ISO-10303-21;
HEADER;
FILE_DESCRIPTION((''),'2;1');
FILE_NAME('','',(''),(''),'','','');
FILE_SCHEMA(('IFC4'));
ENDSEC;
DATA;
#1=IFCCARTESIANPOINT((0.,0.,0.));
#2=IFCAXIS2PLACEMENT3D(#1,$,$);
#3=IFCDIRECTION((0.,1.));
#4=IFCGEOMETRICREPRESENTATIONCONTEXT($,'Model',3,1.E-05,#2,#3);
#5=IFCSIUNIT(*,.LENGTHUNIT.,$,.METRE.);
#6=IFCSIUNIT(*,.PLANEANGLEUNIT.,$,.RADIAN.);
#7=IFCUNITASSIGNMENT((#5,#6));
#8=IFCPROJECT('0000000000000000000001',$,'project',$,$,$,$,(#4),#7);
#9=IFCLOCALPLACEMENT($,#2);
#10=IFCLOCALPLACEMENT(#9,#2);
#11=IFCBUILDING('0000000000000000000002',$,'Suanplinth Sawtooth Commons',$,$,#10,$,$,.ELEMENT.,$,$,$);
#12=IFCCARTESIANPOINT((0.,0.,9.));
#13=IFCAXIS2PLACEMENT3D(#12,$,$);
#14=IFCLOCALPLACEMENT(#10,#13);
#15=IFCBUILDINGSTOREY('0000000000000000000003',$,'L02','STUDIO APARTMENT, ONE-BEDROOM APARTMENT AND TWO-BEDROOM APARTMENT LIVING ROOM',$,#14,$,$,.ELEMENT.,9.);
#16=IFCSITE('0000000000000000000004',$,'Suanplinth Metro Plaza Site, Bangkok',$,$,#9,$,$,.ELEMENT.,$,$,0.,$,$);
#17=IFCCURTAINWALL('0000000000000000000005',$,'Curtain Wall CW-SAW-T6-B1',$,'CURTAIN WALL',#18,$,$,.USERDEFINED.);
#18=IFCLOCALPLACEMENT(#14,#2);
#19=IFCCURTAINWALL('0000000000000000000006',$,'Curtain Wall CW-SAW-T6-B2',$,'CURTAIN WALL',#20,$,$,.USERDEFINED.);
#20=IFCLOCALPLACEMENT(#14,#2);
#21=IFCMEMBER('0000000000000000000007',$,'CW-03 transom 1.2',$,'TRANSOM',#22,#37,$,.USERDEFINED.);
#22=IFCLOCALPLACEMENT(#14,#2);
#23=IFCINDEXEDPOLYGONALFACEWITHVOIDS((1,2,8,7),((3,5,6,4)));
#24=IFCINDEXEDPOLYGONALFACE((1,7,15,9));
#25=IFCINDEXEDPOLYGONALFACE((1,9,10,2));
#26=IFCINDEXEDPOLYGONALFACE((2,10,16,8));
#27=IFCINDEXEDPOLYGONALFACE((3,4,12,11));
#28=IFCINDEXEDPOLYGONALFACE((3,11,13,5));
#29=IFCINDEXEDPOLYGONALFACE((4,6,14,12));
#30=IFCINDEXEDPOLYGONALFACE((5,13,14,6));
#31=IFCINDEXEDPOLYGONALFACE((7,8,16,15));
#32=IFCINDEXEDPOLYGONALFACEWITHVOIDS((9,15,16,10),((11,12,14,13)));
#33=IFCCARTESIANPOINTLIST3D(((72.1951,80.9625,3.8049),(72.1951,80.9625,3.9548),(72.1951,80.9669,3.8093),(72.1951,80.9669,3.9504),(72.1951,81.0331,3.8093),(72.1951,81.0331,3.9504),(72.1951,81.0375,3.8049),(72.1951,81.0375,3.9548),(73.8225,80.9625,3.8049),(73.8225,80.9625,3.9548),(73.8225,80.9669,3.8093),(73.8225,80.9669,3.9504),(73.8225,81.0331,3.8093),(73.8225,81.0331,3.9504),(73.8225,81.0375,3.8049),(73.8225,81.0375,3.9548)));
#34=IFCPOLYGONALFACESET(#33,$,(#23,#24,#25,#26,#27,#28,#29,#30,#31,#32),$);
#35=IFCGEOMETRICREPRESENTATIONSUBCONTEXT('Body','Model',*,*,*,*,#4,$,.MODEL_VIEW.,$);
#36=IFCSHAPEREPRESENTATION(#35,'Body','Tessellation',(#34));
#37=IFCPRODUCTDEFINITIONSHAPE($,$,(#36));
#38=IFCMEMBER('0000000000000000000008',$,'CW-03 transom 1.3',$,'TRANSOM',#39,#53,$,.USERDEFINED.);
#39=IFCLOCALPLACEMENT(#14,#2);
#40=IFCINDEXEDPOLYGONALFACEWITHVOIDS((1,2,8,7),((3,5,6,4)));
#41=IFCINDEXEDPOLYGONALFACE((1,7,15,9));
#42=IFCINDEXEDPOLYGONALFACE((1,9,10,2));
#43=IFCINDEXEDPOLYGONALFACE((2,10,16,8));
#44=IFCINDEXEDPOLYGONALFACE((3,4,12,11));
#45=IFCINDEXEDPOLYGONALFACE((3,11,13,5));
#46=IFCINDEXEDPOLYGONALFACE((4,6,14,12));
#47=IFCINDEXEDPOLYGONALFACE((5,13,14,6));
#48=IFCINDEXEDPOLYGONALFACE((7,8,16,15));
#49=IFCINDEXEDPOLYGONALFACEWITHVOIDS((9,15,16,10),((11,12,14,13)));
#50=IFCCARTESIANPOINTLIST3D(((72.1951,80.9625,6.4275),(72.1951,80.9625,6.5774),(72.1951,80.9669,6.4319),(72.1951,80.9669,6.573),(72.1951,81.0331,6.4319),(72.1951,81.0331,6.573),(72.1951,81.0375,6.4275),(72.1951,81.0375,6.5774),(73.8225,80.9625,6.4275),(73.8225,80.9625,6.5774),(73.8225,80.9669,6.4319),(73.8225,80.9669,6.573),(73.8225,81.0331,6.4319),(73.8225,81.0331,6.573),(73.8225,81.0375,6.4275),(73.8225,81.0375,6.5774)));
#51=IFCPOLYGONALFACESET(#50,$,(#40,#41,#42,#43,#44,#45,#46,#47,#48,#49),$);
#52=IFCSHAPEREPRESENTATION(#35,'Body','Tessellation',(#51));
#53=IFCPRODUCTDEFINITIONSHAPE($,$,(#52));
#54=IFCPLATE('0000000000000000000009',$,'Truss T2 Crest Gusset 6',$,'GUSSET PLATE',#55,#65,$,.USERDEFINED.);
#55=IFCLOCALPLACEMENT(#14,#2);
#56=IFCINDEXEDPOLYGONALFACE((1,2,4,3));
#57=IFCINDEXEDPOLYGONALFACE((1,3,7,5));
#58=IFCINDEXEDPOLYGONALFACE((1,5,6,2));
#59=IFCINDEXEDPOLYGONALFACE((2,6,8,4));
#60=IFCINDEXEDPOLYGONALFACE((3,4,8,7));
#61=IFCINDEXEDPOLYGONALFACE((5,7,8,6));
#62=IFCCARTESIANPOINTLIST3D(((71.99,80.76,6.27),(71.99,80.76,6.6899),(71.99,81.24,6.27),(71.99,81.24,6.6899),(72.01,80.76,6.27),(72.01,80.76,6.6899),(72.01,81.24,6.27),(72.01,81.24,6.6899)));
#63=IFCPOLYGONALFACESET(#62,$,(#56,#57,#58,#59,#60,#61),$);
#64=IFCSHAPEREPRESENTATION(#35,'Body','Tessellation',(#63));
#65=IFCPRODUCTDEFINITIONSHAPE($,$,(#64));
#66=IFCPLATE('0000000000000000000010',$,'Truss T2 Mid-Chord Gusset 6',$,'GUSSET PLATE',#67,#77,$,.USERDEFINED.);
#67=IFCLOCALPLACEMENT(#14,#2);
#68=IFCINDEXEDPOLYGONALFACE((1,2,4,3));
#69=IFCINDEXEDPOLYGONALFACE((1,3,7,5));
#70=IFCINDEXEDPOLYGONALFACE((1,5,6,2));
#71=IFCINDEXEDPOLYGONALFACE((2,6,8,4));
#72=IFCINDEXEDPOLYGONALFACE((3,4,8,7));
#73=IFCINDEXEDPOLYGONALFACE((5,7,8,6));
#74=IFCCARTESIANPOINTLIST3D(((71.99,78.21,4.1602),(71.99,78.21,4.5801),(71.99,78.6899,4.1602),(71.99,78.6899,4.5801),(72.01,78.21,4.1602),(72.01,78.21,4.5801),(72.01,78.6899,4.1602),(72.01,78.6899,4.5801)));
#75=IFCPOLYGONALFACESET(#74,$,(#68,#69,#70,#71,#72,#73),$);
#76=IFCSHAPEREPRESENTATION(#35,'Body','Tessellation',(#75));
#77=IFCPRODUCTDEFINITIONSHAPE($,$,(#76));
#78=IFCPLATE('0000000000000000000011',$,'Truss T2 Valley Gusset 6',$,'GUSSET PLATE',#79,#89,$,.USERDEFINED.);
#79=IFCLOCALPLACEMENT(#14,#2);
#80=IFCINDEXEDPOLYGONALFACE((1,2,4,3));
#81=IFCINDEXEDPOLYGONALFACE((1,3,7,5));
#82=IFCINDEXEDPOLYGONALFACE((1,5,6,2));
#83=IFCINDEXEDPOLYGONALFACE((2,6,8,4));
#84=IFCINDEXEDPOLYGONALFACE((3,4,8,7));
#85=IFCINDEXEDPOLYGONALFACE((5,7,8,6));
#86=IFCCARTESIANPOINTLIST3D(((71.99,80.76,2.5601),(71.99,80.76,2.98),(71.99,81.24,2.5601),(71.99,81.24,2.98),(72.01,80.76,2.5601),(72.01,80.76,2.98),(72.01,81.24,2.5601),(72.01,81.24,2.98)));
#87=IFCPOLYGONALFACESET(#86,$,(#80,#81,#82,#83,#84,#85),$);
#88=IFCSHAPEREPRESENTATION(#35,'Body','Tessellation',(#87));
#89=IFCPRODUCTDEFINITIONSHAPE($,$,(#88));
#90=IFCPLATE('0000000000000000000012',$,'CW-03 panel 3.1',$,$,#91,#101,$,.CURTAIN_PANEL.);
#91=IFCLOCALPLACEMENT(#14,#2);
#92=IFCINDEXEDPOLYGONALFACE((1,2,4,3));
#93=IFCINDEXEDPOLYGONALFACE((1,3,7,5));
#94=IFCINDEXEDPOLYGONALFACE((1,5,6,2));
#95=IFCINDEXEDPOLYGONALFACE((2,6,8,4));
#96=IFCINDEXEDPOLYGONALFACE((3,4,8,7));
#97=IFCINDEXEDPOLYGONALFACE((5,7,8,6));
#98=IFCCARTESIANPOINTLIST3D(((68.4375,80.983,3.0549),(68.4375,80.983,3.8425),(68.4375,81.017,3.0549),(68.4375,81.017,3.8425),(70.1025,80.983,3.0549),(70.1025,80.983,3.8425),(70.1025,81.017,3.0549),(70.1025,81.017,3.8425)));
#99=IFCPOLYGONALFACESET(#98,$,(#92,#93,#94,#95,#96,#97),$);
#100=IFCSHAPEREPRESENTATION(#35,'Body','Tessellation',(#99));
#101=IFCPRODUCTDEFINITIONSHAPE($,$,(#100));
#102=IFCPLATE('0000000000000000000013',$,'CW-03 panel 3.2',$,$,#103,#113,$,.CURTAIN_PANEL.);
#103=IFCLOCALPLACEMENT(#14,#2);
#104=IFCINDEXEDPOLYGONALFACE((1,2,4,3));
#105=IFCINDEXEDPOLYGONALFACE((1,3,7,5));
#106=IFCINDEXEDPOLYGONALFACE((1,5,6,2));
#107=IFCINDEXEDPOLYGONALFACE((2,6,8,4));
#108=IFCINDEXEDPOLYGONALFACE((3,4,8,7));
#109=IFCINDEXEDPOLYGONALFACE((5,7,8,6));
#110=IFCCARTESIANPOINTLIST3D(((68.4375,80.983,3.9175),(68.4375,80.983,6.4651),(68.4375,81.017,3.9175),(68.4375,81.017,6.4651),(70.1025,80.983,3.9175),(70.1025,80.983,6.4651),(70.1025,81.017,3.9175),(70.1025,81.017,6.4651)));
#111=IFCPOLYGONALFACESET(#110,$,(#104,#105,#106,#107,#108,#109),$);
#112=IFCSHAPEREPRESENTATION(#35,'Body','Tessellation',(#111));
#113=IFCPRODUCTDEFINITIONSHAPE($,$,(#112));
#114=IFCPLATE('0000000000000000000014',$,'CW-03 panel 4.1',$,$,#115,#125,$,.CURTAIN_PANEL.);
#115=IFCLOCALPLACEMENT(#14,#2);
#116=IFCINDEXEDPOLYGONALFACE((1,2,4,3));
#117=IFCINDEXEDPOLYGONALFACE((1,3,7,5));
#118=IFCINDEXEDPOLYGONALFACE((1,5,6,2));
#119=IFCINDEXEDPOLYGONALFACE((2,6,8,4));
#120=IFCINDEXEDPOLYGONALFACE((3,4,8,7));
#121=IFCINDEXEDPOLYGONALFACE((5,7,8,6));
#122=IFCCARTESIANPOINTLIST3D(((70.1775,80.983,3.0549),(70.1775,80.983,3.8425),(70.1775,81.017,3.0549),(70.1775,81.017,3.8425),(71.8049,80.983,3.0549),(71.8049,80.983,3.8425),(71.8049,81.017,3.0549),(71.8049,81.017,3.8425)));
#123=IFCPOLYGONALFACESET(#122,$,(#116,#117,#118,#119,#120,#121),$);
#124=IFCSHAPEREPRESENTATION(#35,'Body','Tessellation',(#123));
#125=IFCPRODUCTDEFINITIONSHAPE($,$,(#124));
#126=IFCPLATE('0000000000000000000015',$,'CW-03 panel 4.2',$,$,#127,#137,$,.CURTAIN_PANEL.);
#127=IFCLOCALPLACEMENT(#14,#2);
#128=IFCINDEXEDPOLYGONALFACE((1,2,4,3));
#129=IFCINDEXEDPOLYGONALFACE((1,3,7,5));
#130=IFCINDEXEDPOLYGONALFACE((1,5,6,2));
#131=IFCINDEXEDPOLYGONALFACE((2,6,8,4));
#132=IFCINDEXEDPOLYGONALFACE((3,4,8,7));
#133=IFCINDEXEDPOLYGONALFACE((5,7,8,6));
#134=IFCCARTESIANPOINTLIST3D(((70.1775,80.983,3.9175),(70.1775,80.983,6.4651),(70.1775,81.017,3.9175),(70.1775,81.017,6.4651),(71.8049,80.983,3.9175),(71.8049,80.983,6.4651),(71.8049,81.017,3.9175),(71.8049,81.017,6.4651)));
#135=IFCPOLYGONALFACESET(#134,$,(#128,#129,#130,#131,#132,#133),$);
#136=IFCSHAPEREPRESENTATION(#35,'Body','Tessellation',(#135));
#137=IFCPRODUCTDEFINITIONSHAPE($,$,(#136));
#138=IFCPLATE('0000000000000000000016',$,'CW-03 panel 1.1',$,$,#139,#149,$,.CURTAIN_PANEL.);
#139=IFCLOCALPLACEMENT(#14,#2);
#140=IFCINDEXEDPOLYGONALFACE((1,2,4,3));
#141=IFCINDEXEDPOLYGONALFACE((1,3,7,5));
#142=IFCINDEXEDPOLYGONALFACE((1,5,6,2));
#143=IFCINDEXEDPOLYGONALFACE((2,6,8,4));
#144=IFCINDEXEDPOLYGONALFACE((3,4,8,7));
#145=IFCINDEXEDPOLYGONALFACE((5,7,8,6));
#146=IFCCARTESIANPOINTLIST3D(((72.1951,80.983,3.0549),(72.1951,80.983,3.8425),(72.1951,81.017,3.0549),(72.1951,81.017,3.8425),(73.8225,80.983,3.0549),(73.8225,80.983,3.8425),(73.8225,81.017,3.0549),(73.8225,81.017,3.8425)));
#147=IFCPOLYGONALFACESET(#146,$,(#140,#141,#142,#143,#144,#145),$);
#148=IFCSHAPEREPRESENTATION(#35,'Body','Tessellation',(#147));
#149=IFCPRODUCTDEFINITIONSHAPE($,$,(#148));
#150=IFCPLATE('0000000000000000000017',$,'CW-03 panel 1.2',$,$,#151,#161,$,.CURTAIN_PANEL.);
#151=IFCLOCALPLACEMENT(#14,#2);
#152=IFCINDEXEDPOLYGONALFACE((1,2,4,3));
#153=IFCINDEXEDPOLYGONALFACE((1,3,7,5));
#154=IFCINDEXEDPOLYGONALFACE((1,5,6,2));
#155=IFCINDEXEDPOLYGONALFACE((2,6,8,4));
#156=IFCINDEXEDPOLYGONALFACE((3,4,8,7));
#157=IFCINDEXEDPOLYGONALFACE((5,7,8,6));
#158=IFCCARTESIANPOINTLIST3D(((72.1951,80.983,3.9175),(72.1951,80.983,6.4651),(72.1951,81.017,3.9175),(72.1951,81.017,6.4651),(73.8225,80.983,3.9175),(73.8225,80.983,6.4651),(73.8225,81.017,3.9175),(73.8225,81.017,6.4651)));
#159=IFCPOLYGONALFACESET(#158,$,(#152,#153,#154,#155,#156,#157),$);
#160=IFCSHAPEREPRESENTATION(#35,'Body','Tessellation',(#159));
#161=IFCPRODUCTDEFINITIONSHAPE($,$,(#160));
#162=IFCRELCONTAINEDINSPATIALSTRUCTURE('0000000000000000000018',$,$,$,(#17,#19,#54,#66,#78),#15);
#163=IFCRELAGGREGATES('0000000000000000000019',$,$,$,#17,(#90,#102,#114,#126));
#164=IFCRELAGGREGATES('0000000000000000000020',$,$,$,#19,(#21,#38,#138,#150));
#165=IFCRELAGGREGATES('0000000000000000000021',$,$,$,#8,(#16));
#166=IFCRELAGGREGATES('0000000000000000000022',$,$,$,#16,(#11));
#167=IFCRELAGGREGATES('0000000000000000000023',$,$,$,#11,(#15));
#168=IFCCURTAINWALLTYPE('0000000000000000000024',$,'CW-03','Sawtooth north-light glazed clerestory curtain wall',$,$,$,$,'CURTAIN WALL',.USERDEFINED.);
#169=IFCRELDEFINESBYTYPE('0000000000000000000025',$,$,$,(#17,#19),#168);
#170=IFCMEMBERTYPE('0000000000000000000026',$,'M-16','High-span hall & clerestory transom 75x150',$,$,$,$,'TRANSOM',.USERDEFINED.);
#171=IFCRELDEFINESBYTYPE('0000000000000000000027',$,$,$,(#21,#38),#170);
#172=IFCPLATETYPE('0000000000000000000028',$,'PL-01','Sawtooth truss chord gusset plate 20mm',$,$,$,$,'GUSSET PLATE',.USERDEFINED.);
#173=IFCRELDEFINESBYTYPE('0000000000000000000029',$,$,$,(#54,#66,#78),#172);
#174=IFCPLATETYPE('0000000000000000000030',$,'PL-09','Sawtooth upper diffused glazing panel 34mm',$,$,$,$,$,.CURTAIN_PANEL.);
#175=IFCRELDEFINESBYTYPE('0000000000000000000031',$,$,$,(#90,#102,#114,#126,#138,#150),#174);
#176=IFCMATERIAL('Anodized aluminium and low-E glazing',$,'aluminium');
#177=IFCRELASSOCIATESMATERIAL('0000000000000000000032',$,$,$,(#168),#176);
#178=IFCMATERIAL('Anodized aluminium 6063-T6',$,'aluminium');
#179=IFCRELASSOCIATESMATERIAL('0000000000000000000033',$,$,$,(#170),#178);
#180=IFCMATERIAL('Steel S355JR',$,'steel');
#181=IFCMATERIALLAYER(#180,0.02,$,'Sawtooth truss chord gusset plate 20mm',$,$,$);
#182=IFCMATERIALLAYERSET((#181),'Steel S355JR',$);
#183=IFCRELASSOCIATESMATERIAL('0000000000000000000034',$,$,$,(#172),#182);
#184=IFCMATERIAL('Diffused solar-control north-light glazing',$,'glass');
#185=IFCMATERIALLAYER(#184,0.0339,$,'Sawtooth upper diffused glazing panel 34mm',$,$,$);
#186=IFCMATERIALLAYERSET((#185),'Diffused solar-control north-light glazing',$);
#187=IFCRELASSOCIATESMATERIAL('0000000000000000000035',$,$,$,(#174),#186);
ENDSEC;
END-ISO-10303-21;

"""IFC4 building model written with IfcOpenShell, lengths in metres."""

from ifc_helpers import new_model, si_unit, direction, frame, origin, origin_2d, place, context, subcontext, project, spatial, rectangle, hollow_rectangle, extrude, material, layer, layer_set, material_profile, profile_set, type_object, element, aggregate, save


model = new_model("IFC4")

# Units and contexts
model_context = context("Model", 3, precision=1e-05, world=origin(), true_north=direction((0.0, 1.0)))
body_context = subcontext(model_context, "Body", "Model", "MODEL_VIEW")
ifc_project = project(units=[si_unit("LENGTHUNIT", "METRE"), si_unit("PLANEANGLEUNIT", "RADIAN")], contexts=[model_context])

# Site, building, storey
site_placement = place(None, origin())
site = spatial("IfcSite", under=ifc_project, at=site_placement, Name="Suanplinth Metro Plaza Site, Bangkok", CompositionType="ELEMENT", RefElevation=0.0)
building_placement = place(site_placement, origin())
building = spatial("IfcBuilding", under=site, at=building_placement, Name="Suanplinth Sawtooth Commons", CompositionType="ELEMENT")
storey_placement = place(building_placement, frame((0.0, 0.0, 9.0)))
storey = spatial("IfcBuildingStorey", under=building, at=storey_placement, Name="L02", Description="STUDIO APARTMENT, ONE-BEDROOM APARTMENT AND TWO-BEDROOM APARTMENT LIVING ROOM", CompositionType="ELEMENT", Elevation=9.0)

# Shared definitions
ifc_material_1 = material(Name="Steel S355JR", Category="steel")

# Curtain walls
ifc_material_2 = material(Name="Anodized aluminium and low-E glazing", Category="aluminium")
curtain_wall_type = type_object("IfcCurtainWallType", Name="CW-03", Description="Sawtooth north-light glazed clerestory curtain wall", ElementType="CURTAIN WALL", PredefinedType="USERDEFINED", material=ifc_material_2)
curtain_wall_1_placement = place(storey_placement, origin())
curtain_wall_1 = element("IfcCurtainWall", 1, at=curtain_wall_1_placement, inside=storey, type_object=curtain_wall_type, Name="Curtain Wall CW-SAW-T6-B1", ObjectType="CURTAIN WALL", PredefinedType="USERDEFINED")
ifc_material_3 = material(Name="Anodized aluminium 6063-T6", Category="aluminium")
curtain_wall_2_placement = place(storey_placement, origin())
curtain_wall_2 = element("IfcCurtainWall", 2, at=curtain_wall_2_placement, inside=storey, type_object=curtain_wall_type, Name="Curtain Wall CW-SAW-T6-B2", ObjectType="CURTAIN WALL", PredefinedType="USERDEFINED")

# Shared definitions
ifc_material_profile_1 = material_profile(ifc_material_3, hollow_rectangle(XDim=0.075, YDim=0.1499, WallThickness=0.0044, at=origin_2d()), Name="ALU-TRN 75x150")
ifc_profile_set_1 = profile_set([ifc_material_profile_1], Name="Anodized aluminium 6063-T6")
member_type_1 = type_object("IfcMemberType", Name="M-16", Description="High-span hall & clerestory transom 75x150", ElementType="TRANSOM", PredefinedType="USERDEFINED", material=ifc_profile_set_1)

# Members
member_1_placement = place(storey_placement, frame((72.1951, 81.0, 3.8799), z_axis=(1.0, 0.0, 0.0), x_axis=(0.0, 1.0, 0.0)))
member_1 = element("IfcMember", 3, at=member_1_placement, type_object=member_type_1, Name="CW-03 transom 1.2", ObjectType="TRANSOM", PredefinedType="USERDEFINED", context=body_context, shape_type="SweptSolid", body=[
    extrude(hollow_rectangle(XDim=0.075, YDim=0.1499, WallThickness=0.0044, at=origin_2d()), origin(), (0.0, 0.0, 1.0), 1.6274),
])
member_2_placement = place(storey_placement, frame((72.1951, 81.0, 6.5024), z_axis=(1.0, 0.0, 0.0), x_axis=(0.0, 1.0, 0.0)))
member_2 = element("IfcMember", 4, at=member_2_placement, type_object=member_type_1, Name="CW-03 transom 1.3", ObjectType="TRANSOM", PredefinedType="USERDEFINED", context=body_context, shape_type="SweptSolid", body=[
    extrude(hollow_rectangle(XDim=0.075, YDim=0.1499, WallThickness=0.0044, at=origin_2d()), origin(), (0.0, 0.0, 1.0), 1.6274),
])

# Plates
ifc_layer_1 = layer(ifc_material_1, 0.02, Name="Sawtooth truss chord gusset plate 20mm")
ifc_layer_set_1 = layer_set([ifc_layer_1], Name="Steel S355JR")
plate_type_1 = type_object("IfcPlateType", Name="PL-01", Description="Sawtooth truss chord gusset plate 20mm", ElementType="GUSSET PLATE", PredefinedType="USERDEFINED", material=ifc_layer_set_1)
for number, where, z_axis, x_axis, name in (
    (5, (72.0, 81.0, 6.27), (0.0, 0.0, 1.0), (1.0, 0.0, 0.0), "Truss T2 Crest Gusset 6"),
    (6, (72.0, 78.45, 4.1602), (0.0, 0.0, 1.0), (1.0, 0.0, 0.0), "Truss T2 Mid-Chord Gusset 6"),
    (7, (72.0, 81.0, 2.5601), (0.0, 0.0, 1.0), (1.0, 0.0, 0.0), "Truss T2 Valley Gusset 6"),
):
    element("IfcPlate", number, at=place(storey_placement, frame(where, z_axis=z_axis, x_axis=x_axis)), inside=storey, type_object=plate_type_1, Name=name, ObjectType="GUSSET PLATE", PredefinedType="USERDEFINED", context=body_context, shape_type="SweptSolid", body=[
        extrude(rectangle(XDim=0.02, YDim=0.48, at=origin_2d()), origin(), (0.0, 0.0, 1.0), 0.4199),
    ])

# Plates
ifc_material_4 = material(Name="Diffused solar-control north-light glazing", Category="glass")
ifc_layer_2 = layer(ifc_material_4, 0.0339, Name="Sawtooth upper diffused glazing panel 34mm")
ifc_layer_set_2 = layer_set([ifc_layer_2], Name="Diffused solar-control north-light glazing")
plate_type_2 = type_object("IfcPlateType", Name="PL-09", Description="Sawtooth upper diffused glazing panel 34mm", PredefinedType="CURTAIN_PANEL", material=ifc_layer_set_2)
plate_1_placement = place(storey_placement, frame((69.27, 81.0, 3.0549), z_axis=(0.0, 0.0, 1.0), x_axis=(1.0, 0.0, 0.0)))
plate_1 = element("IfcPlate", 8, at=plate_1_placement, type_object=plate_type_2, Name="CW-03 panel 3.1", PredefinedType="CURTAIN_PANEL", context=body_context, shape_type="SweptSolid", body=[
    extrude(rectangle(XDim=1.665, YDim=0.0339, at=origin_2d()), origin(), (0.0, 0.0, 1.0), 0.7876),
])
plate_2_placement = place(storey_placement, frame((69.27, 81.0, 3.9175), z_axis=(0.0, 0.0, 1.0), x_axis=(1.0, 0.0, 0.0)))
plate_2 = element("IfcPlate", 9, at=plate_2_placement, type_object=plate_type_2, Name="CW-03 panel 3.2", PredefinedType="CURTAIN_PANEL", context=body_context, shape_type="SweptSolid", body=[
    extrude(rectangle(XDim=1.665, YDim=0.0339, at=origin_2d()), origin(), (0.0, 0.0, 1.0), 2.5476),
])
plate_3_placement = place(storey_placement, frame((70.9912, 81.0, 3.0549), z_axis=(0.0, 0.0, 1.0), x_axis=(1.0, 0.0, 0.0)))
plate_3 = element("IfcPlate", 10, at=plate_3_placement, type_object=plate_type_2, Name="CW-03 panel 4.1", PredefinedType="CURTAIN_PANEL", context=body_context, shape_type="SweptSolid", body=[
    extrude(rectangle(XDim=1.6274, YDim=0.0339, at=origin_2d()), origin(), (0.0, 0.0, 1.0), 0.7876),
])
plate_4_placement = place(storey_placement, frame((70.9912, 81.0, 3.9175), z_axis=(0.0, 0.0, 1.0), x_axis=(1.0, 0.0, 0.0)))
plate_4 = element("IfcPlate", 11, at=plate_4_placement, type_object=plate_type_2, Name="CW-03 panel 4.2", PredefinedType="CURTAIN_PANEL", context=body_context, shape_type="SweptSolid", body=[
    extrude(rectangle(XDim=1.6274, YDim=0.0339, at=origin_2d()), origin(), (0.0, 0.0, 1.0), 2.5476),
])
aggregate(curtain_wall_1, [plate_1, plate_2, plate_3, plate_4])
plate_5_placement = place(storey_placement, frame((73.0088, 81.0, 3.0549), z_axis=(0.0, 0.0, 1.0), x_axis=(1.0, 0.0, 0.0)))
plate_5 = element("IfcPlate", 12, at=plate_5_placement, type_object=plate_type_2, Name="CW-03 panel 1.1", PredefinedType="CURTAIN_PANEL", context=body_context, shape_type="SweptSolid", body=[
    extrude(rectangle(XDim=1.6274, YDim=0.0339, at=origin_2d()), origin(), (0.0, 0.0, 1.0), 0.7876),
])
plate_6_placement = place(storey_placement, frame((73.0088, 81.0, 3.9175), z_axis=(0.0, 0.0, 1.0), x_axis=(1.0, 0.0, 0.0)))
plate_6 = element("IfcPlate", 13, at=plate_6_placement, type_object=plate_type_2, Name="CW-03 panel 1.2", PredefinedType="CURTAIN_PANEL", context=body_context, shape_type="SweptSolid", body=[
    extrude(rectangle(XDim=1.6274, YDim=0.0339, at=origin_2d()), origin(), (0.0, 0.0, 1.0), 2.5476),
])
aggregate(curtain_wall_2, [member_1, member_2, plate_5, plate_6])

save(model, "model.ifc")
